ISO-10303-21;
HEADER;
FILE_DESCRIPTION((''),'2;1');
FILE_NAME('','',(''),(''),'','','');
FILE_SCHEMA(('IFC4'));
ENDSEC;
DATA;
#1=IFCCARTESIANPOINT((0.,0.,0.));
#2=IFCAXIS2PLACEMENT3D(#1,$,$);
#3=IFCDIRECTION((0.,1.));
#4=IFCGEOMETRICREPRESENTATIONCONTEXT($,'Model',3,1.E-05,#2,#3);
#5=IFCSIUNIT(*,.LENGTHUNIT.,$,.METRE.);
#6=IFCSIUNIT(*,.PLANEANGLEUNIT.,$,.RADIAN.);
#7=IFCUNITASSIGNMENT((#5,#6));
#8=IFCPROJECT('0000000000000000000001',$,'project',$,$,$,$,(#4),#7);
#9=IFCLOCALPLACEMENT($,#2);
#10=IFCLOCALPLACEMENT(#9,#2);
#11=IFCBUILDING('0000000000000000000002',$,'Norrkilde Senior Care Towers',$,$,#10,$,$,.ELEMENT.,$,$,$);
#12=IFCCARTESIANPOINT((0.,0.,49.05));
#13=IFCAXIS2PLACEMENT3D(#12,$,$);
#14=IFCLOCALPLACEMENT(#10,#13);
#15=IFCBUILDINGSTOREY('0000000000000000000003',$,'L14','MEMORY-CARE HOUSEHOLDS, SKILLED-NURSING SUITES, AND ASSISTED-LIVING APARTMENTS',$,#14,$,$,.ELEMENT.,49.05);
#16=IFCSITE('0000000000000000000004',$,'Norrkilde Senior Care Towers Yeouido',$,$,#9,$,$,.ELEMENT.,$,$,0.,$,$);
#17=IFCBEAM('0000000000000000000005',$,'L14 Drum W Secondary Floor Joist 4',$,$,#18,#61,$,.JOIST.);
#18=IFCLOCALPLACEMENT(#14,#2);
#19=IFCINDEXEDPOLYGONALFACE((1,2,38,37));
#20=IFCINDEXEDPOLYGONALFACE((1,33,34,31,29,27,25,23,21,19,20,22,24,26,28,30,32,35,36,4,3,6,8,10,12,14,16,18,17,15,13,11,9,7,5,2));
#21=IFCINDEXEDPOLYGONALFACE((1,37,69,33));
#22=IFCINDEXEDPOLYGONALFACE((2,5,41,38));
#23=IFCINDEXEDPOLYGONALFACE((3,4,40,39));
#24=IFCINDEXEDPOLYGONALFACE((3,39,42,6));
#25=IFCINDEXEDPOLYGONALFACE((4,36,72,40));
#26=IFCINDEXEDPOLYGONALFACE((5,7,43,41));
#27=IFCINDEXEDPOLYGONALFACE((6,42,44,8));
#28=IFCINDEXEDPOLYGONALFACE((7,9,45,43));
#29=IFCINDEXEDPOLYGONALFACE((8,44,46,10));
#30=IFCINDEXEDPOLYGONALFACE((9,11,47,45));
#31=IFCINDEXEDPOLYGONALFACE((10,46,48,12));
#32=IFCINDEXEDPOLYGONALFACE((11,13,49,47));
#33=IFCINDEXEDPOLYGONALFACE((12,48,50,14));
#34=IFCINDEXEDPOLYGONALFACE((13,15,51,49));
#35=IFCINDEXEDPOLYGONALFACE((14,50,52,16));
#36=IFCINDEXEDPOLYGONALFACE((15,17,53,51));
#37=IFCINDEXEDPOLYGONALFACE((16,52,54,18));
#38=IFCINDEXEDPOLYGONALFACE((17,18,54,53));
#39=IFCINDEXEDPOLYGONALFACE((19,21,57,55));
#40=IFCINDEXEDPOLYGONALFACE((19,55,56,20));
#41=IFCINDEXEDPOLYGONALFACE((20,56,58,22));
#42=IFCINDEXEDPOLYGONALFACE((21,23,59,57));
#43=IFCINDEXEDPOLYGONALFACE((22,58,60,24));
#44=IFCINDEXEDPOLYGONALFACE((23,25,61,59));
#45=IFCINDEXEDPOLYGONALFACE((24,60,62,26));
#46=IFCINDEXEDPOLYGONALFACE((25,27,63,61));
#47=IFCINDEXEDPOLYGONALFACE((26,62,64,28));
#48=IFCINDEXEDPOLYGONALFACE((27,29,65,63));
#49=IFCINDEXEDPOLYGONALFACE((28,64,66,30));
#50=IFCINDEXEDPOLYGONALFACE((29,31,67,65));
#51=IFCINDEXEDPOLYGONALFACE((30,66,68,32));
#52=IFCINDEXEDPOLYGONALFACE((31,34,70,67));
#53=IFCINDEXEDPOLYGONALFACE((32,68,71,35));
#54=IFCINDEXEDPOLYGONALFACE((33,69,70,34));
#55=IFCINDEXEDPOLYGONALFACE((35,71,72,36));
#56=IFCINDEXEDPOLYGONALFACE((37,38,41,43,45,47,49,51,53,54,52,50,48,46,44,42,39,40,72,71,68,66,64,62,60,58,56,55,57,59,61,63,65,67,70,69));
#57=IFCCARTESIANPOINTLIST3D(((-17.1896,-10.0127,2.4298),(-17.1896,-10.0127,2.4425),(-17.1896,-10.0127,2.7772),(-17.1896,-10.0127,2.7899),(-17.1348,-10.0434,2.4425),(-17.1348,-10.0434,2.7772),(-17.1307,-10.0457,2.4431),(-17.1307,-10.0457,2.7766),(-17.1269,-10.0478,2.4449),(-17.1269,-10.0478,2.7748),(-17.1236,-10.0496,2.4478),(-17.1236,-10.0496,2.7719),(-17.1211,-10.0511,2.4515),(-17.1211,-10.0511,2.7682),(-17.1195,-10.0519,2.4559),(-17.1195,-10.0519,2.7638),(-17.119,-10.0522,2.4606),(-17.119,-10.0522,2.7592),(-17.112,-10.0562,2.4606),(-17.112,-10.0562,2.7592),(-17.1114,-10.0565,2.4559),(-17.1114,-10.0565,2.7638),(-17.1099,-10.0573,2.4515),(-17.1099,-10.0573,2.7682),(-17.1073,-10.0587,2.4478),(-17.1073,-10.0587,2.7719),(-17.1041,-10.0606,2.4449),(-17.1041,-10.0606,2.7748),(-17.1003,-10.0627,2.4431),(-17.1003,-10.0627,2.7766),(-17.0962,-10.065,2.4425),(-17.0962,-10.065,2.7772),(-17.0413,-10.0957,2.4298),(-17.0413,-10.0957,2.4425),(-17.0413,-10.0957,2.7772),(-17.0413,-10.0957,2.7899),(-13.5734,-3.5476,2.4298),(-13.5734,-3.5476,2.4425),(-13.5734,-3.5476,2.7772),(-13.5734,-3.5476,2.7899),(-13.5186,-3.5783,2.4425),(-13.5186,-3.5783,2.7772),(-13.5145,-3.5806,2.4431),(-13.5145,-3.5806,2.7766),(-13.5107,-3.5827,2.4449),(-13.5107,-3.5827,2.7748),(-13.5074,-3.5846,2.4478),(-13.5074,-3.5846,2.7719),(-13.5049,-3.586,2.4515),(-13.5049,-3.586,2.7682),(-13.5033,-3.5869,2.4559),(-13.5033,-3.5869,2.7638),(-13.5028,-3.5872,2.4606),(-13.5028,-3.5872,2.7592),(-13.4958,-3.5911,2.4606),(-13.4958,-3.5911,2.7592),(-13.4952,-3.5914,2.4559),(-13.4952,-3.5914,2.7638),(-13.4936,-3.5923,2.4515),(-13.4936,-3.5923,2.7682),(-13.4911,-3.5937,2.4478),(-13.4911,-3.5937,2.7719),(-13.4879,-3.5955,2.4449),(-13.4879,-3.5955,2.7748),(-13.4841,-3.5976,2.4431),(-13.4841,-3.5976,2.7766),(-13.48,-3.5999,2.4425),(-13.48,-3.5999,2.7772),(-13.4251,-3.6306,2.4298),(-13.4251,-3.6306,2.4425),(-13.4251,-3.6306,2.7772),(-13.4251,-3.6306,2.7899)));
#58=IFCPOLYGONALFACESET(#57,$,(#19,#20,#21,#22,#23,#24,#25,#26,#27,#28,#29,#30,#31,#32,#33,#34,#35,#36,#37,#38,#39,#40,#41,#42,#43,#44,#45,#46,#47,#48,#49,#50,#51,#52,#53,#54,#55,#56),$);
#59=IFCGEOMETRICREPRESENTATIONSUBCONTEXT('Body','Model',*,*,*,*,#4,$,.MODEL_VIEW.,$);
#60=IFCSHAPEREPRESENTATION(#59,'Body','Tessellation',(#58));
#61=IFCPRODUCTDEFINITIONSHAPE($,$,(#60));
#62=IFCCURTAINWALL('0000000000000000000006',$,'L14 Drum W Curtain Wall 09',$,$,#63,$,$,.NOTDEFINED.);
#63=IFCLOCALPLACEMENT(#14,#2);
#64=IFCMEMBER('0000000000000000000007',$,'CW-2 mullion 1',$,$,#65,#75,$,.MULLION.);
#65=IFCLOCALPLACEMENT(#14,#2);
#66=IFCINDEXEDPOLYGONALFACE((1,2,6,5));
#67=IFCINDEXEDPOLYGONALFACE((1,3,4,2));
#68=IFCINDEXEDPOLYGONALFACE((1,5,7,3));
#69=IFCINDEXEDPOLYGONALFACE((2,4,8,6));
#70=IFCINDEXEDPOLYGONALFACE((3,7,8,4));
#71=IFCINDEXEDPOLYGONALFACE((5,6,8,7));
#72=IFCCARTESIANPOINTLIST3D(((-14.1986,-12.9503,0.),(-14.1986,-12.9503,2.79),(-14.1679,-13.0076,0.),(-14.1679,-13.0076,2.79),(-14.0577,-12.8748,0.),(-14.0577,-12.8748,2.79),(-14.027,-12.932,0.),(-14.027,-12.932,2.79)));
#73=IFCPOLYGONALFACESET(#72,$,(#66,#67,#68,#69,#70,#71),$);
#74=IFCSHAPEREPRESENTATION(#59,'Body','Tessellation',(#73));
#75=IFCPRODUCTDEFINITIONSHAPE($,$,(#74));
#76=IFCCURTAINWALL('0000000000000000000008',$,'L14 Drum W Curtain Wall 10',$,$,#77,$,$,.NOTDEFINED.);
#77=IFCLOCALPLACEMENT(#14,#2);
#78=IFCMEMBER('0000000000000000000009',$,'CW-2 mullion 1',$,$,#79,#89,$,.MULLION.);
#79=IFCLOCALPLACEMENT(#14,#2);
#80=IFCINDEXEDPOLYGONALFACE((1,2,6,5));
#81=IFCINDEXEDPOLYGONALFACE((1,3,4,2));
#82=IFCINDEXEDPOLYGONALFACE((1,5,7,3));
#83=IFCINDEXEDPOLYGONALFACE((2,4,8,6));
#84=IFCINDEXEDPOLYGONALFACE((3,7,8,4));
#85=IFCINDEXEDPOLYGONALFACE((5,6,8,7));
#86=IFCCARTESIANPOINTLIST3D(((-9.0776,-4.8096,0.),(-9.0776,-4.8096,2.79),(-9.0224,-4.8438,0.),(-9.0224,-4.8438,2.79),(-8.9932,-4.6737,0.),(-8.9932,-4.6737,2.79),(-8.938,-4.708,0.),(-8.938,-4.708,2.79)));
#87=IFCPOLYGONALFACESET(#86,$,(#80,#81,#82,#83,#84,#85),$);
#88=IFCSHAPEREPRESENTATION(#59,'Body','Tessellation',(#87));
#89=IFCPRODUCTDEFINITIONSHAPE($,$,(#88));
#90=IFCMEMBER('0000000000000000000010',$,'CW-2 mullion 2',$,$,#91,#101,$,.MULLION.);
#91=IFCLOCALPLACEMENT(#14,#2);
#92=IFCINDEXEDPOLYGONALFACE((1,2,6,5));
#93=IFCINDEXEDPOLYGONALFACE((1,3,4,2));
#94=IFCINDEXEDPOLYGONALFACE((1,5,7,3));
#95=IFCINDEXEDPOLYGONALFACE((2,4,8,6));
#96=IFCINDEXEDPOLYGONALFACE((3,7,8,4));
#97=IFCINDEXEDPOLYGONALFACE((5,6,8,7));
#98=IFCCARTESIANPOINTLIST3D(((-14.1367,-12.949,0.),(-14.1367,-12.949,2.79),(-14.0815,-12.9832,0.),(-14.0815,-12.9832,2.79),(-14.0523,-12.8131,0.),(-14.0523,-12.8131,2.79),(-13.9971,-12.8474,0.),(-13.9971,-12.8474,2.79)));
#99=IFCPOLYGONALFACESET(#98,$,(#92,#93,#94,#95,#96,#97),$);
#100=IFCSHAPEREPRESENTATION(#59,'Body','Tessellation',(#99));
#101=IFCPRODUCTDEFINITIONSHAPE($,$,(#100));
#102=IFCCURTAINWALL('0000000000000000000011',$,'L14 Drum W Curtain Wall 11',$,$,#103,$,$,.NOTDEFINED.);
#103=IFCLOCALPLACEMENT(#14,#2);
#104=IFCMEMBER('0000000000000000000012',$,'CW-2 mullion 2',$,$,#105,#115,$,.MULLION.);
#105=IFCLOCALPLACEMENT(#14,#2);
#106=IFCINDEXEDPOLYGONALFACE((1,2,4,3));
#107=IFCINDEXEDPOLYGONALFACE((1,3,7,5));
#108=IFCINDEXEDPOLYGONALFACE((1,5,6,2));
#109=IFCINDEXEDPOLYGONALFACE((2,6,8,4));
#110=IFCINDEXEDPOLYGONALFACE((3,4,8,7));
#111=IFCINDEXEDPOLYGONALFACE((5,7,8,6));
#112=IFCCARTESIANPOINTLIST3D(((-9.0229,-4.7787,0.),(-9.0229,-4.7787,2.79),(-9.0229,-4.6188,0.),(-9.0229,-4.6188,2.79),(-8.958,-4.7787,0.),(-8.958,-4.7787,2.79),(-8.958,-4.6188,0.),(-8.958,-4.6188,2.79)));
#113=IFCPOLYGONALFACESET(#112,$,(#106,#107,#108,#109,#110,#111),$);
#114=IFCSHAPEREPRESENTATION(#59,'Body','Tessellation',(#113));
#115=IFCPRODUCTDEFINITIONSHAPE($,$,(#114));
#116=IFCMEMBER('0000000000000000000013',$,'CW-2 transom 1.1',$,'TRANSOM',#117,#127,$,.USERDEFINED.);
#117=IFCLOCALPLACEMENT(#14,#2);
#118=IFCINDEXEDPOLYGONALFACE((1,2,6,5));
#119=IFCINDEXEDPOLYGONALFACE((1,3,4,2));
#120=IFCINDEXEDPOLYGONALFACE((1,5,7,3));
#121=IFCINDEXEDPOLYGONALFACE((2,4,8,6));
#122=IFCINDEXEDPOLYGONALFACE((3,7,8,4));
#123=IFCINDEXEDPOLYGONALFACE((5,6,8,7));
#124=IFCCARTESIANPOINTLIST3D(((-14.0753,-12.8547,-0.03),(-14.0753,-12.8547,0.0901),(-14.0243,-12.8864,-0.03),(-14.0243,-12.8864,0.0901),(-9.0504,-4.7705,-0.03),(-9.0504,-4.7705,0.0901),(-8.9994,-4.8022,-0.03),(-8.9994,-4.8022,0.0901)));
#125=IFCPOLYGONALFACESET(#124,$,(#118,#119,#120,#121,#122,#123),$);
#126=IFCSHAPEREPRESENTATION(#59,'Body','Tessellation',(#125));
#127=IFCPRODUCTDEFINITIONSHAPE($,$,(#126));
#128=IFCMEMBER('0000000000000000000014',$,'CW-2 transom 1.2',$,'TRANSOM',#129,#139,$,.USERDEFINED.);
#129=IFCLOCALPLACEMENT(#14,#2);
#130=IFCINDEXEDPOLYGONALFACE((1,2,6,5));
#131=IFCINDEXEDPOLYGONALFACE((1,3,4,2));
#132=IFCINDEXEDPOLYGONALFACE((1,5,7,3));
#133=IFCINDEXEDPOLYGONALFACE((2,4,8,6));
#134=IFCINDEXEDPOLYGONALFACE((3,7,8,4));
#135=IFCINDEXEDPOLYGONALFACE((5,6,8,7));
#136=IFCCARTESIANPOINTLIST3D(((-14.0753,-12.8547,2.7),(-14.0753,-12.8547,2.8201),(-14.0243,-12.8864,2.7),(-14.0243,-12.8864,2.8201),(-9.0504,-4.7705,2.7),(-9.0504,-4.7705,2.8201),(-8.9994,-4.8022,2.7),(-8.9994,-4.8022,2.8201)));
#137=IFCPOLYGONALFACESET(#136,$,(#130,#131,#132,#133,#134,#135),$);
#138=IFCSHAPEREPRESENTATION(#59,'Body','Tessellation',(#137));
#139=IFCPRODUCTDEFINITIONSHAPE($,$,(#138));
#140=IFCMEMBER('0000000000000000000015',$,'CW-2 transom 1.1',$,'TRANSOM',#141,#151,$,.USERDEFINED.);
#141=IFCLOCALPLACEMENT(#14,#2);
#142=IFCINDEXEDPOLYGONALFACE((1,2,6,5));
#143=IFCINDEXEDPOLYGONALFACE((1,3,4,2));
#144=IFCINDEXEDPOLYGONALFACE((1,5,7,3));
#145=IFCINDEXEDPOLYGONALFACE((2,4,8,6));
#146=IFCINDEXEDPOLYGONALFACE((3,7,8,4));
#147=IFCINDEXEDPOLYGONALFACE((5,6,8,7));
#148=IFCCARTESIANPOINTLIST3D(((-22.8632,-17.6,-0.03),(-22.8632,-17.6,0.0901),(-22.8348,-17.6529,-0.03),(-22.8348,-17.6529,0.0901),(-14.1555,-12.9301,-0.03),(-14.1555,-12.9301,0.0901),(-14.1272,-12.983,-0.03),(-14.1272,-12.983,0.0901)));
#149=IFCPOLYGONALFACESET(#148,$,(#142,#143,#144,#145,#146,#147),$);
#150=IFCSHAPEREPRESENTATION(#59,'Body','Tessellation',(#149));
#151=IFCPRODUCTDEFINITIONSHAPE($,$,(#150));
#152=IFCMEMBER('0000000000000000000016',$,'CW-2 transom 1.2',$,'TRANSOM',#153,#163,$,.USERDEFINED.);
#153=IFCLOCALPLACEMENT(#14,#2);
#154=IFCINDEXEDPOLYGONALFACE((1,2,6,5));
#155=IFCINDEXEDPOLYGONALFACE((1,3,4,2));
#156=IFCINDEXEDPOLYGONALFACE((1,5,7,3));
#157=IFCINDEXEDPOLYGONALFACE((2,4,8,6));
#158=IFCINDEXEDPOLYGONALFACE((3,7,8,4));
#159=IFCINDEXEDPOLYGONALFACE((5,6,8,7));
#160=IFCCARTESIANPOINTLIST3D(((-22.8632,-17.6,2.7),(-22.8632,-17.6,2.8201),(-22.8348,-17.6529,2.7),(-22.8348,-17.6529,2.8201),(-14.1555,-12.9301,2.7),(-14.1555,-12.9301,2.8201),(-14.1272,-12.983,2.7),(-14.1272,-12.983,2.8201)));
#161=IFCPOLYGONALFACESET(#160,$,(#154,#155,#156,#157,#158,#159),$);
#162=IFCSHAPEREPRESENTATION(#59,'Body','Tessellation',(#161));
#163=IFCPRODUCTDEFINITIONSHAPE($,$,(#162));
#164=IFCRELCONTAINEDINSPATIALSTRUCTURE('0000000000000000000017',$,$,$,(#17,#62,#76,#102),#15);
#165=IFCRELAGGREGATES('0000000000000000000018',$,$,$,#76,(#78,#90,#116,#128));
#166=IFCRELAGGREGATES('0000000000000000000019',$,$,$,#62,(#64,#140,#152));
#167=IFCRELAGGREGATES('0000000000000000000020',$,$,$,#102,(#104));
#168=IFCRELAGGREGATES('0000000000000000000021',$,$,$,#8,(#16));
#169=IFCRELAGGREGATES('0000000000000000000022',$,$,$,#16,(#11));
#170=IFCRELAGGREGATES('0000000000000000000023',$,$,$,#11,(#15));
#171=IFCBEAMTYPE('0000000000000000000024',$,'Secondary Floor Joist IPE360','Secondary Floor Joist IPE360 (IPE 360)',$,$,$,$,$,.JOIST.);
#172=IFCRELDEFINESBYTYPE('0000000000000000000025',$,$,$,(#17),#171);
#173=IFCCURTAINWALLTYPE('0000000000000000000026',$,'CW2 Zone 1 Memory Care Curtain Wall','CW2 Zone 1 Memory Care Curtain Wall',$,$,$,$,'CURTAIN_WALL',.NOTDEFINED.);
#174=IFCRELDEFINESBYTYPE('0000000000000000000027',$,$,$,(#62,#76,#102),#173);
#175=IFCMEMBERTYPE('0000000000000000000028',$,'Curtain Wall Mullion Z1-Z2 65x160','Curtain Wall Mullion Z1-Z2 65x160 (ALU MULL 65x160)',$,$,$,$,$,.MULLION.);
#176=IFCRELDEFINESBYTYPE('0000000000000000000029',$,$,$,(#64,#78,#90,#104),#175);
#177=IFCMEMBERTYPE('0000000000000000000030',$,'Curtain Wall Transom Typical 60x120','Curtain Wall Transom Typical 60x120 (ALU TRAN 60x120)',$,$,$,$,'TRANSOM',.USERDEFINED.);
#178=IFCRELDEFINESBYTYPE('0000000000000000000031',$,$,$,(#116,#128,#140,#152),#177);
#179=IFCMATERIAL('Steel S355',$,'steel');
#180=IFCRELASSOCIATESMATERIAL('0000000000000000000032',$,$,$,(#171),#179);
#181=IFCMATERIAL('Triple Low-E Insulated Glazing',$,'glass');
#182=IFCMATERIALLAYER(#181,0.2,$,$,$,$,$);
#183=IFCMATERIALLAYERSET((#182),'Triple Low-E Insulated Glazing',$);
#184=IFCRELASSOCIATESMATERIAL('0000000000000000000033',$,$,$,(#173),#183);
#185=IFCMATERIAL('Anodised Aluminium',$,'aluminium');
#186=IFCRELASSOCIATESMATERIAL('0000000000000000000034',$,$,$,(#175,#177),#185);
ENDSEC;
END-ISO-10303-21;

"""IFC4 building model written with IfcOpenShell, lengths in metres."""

from ifc_helpers import new_model, si_unit, direction, frame, origin, origin_2d, place, context, subcontext, project, spatial, rectangle, i_section, extrude, source, transform, mapped, material, layer, layer_set, material_profile, profile_set, type_object, type_shapes, element, aggregate, save


model = new_model("IFC4")

# Units and contexts
model_context = context("Model", 3, precision=1e-05, world=origin(), true_north=direction((0.0, 1.0)))
body_context = subcontext(model_context, "Body", "Model", "MODEL_VIEW")
ifc_project = project(units=[si_unit("LENGTHUNIT", "METRE"), si_unit("PLANEANGLEUNIT", "RADIAN")], contexts=[model_context])

# Site, building, storey
site_placement = place(None, origin())
site = spatial("IfcSite", under=ifc_project, at=site_placement, Name="Norrkilde Senior Care Towers Yeouido", CompositionType="ELEMENT", RefElevation=0.0)
building_placement = place(site_placement, origin())
building = spatial("IfcBuilding", under=site, at=building_placement, Name="Norrkilde Senior Care Towers", CompositionType="ELEMENT")
storey_placement = place(building_placement, frame((0.0, 0.0, 49.05)))
storey = spatial("IfcBuildingStorey", under=building, at=storey_placement, Name="L14", Description="MEMORY-CARE HOUSEHOLDS, SKILLED-NURSING SUITES, AND ASSISTED-LIVING APARTMENTS", CompositionType="ELEMENT", Elevation=49.05)

# Beam
ifc_material_1 = material(Name="Steel S355", Category="steel")
ifc_material_profile_1 = material_profile(ifc_material_1, i_section(OverallWidth=0.1699, OverallDepth=0.3601, WebThickness=0.0081, FlangeThickness=0.0127, FilletRadius=0.0181, at=origin_2d()), Name="IPE 360")
ifc_profile_set_1 = profile_set([ifc_material_profile_1], Name="Steel S355")
beam_type_1 = type_object("IfcBeamType", Name="Secondary Floor Joist IPE360", Description="Secondary Floor Joist IPE360 (IPE 360)", PredefinedType="JOIST", material=ifc_profile_set_1)
shared_shape_1 = source(origin(), body_context, "Body", "SweptSolid", [
    extrude(i_section(OverallWidth=0.1699, OverallDepth=0.3601, WebThickness=0.0081, FlangeThickness=0.0127, FilletRadius=0.0181, at=origin_2d()), origin(), (0.0, 0.0, 1.0), 7.4077),
])
type_shapes(beam_type_1, [shared_shape_1])
beam_1_placement = place(storey_placement, frame((-17.1155, -10.0542, 2.6099), z_axis=(0.488168, 0.87275, 0.0), x_axis=(-0.87275, 0.488168, 0.0)))
element("IfcBeam", 1, at=beam_1_placement, inside=storey, type_object=beam_type_1, Name="L14 Drum W Secondary Floor Joist 4", PredefinedType="JOIST", context=body_context, shape_type="MappedRepresentation", body=[
    mapped(shared_shape_1, transform((0.0, 0.0, 0.0), x_axis=(1.0, 0.0, 0.0), y_axis=(0.0, 1.0, 0.0), z_axis=(0.0, 0.0, 1.0), scale=1.0)),
])

# Curtain wall, member
ifc_material_2 = material(Name="Triple Low-E Insulated Glazing", Category="glass")
ifc_layer_1 = layer(ifc_material_2, 0.2)
ifc_layer_set_1 = layer_set([ifc_layer_1], Name="Triple Low-E Insulated Glazing")
curtain_wall_type = type_object("IfcCurtainWallType", Name="CW2 Zone 1 Memory Care Curtain Wall", Description="CW2 Zone 1 Memory Care Curtain Wall", ElementType="CURTAIN_WALL", PredefinedType="NOTDEFINED", material=ifc_layer_set_1)
curtain_wall_1_placement = place(storey_placement, origin())
curtain_wall_1 = element("IfcCurtainWall", 2, at=curtain_wall_1_placement, inside=storey, type_object=curtain_wall_type, Name="L14 Drum W Curtain Wall 09", PredefinedType="NOTDEFINED")
ifc_material_3 = material(Name="Anodised Aluminium", Category="aluminium")
ifc_material_profile_2 = material_profile(ifc_material_3, rectangle(XDim=0.0649, YDim=0.1599, at=origin_2d()), Name="ALU MULL 65x160")
ifc_profile_set_2 = profile_set([ifc_material_profile_2], Name="Anodised Aluminium")
member_type_1 = type_object("IfcMemberType", Name="Curtain Wall Mullion Z1-Z2 65x160", Description="Curtain Wall Mullion Z1-Z2 65x160 (ALU MULL 65x160)", PredefinedType="MULLION", material=ifc_profile_set_2)
shared_shape_2 = source(origin(), body_context, "Body", "SweptSolid", [
    extrude(rectangle(XDim=0.0649, YDim=0.1599, at=origin_2d()), origin(), (0.0, 0.0, 1.0), 2.79),
])
type_shapes(member_type_1, [shared_shape_2])
member_1_placement = place(storey_placement, frame((-14.1128, -12.9412, 0.0), z_axis=(0.0, 0.0, 1.0), x_axis=(0.472608, -0.881273, 0.0)))
member_1 = element("IfcMember", 3, at=member_1_placement, type_object=member_type_1, Name="CW-2 mullion 1", PredefinedType="MULLION", context=body_context, shape_type="MappedRepresentation", body=[
    mapped(shared_shape_2, transform((0.0, 0.0, 0.0), x_axis=(1.0, 0.0, 0.0), y_axis=(0.0, 1.0, 0.0), z_axis=(0.0, 0.0, 1.0), scale=1.0)),
])

# Curtain wall, members
curtain_wall_2_placement = place(storey_placement, origin())
curtain_wall_2 = element("IfcCurtainWall", 4, at=curtain_wall_2_placement, inside=storey, type_object=curtain_wall_type, Name="L14 Drum W Curtain Wall 10", PredefinedType="NOTDEFINED")
member_2_placement = place(storey_placement, frame((-9.0078, -4.7588, 0.0), z_axis=(0.0, 0.0, 1.0), x_axis=(0.849306, -0.527901, 0.0)))
member_2 = element("IfcMember", 5, at=member_2_placement, type_object=member_type_1, Name="CW-2 mullion 1", PredefinedType="MULLION", context=body_context, shape_type="MappedRepresentation", body=[
    mapped(shared_shape_2, transform((0.0, 0.0, 0.0), x_axis=(1.0, 0.0, 0.0), y_axis=(0.0, 1.0, 0.0), z_axis=(0.0, 0.0, 1.0), scale=1.0)),
])
member_3_placement = place(storey_placement, frame((-14.0669, -12.8982, 0.0), z_axis=(0.0, 0.0, 1.0), x_axis=(0.849306, -0.527901, 0.0)))
member_3 = element("IfcMember", 6, at=member_3_placement, type_object=member_type_1, Name="CW-2 mullion 2", PredefinedType="MULLION", context=body_context, shape_type="MappedRepresentation", body=[
    mapped(shared_shape_2, transform((0.0, 0.0, 0.0), x_axis=(1.0, 0.0, 0.0), y_axis=(0.0, 1.0, 0.0), z_axis=(0.0, 0.0, 1.0), scale=1.0)),
])

# Curtain wall, member
curtain_wall_3_placement = place(storey_placement, origin())
curtain_wall_3 = element("IfcCurtainWall", 7, at=curtain_wall_3_placement, inside=storey, type_object=curtain_wall_type, Name="L14 Drum W Curtain Wall 11", PredefinedType="NOTDEFINED")
member_4_placement = place(storey_placement, frame((-8.9905, -4.6987, 0.0), z_axis=(0.0, 0.0, 1.0), x_axis=(1.0, 0.0, 0.0)))
member_4 = element("IfcMember", 8, at=member_4_placement, type_object=member_type_1, Name="CW-2 mullion 2", PredefinedType="MULLION", context=body_context, shape_type="MappedRepresentation", body=[
    mapped(shared_shape_2, transform((0.0, 0.0, 0.0), x_axis=(1.0, 0.0, 0.0), y_axis=(0.0, 1.0, 0.0), z_axis=(0.0, 0.0, 1.0), scale=1.0)),
])

# Members
ifc_material_profile_3 = material_profile(ifc_material_3, rectangle(XDim=0.0601, YDim=0.1201, at=origin_2d()), Name="ALU TRAN 60x120")
ifc_profile_set_3 = profile_set([ifc_material_profile_3], Name="Anodised Aluminium")
member_type_2 = type_object("IfcMemberType", Name="Curtain Wall Transom Typical 60x120", Description="Curtain Wall Transom Typical 60x120 (ALU TRAN 60x120)", ElementType="TRANSOM", PredefinedType="USERDEFINED", material=ifc_profile_set_3)
shared_shape_3 = source(origin(), body_context, "Body", "SweptSolid", [
    extrude(rectangle(XDim=0.0601, YDim=0.1201, at=origin_2d()), origin(), (0.0, 0.0, 1.0), 9.5186),
])
member_5_placement = place(storey_placement, frame((-9.0249, -4.7864, 0.03), z_axis=(-0.527902, -0.849306, 0.0), x_axis=(0.849306, -0.527902, 0.0)))
member_5 = element("IfcMember", 9, at=member_5_placement, type_object=member_type_2, Name="CW-2 transom 1.1", ObjectType="TRANSOM", PredefinedType="USERDEFINED", context=body_context, shape_type="MappedRepresentation", body=[
    mapped(shared_shape_3, transform((0.0, 0.0, 0.0), x_axis=(1.0, 0.0, 0.0), y_axis=(0.0, 1.0, 0.0), z_axis=(0.0, 0.0, 1.0), scale=1.0)),
])
member_6_placement = place(storey_placement, frame((-9.0249, -4.7864, 2.76), z_axis=(-0.527902, -0.849306, 0.0), x_axis=(0.849306, -0.527902, 0.0)))
member_6 = element("IfcMember", 10, at=member_6_placement, type_object=member_type_2, Name="CW-2 transom 1.2", ObjectType="TRANSOM", PredefinedType="USERDEFINED", context=body_context, shape_type="MappedRepresentation", body=[
    mapped(shared_shape_3, transform((0.0, 0.0, 0.0), x_axis=(1.0, 0.0, 0.0), y_axis=(0.0, 1.0, 0.0), z_axis=(0.0, 0.0, 1.0), scale=1.0)),
])
shared_shape_4 = source(origin(), body_context, "Body", "SweptSolid", [
    extrude(rectangle(XDim=0.0601, YDim=0.1201, at=origin_2d()), origin(), (0.0, 0.0, 1.0), 9.8809),
])
type_shapes(member_type_2, [shared_shape_3, shared_shape_4])
member_7_placement = place(storey_placement, frame((-14.1414, -12.9565, 0.03), z_axis=(-0.881267, -0.472618, 0.0), x_axis=(0.472618, -0.881267, 0.0)))
member_7 = element("IfcMember", 11, at=member_7_placement, type_object=member_type_2, Name="CW-2 transom 1.1", ObjectType="TRANSOM", PredefinedType="USERDEFINED", context=body_context, shape_type="MappedRepresentation", body=[
    mapped(shared_shape_4, transform((0.0, 0.0, 0.0), x_axis=(1.0, 0.0, 0.0), y_axis=(0.0, 1.0, 0.0), z_axis=(0.0, 0.0, 1.0), scale=1.0)),
])
member_8_placement = place(storey_placement, frame((-14.1414, -12.9565, 2.76), z_axis=(-0.881267, -0.472618, 0.0), x_axis=(0.472618, -0.881267, 0.0)))
member_8 = element("IfcMember", 12, at=member_8_placement, type_object=member_type_2, Name="CW-2 transom 1.2", ObjectType="TRANSOM", PredefinedType="USERDEFINED", context=body_context, shape_type="MappedRepresentation", body=[
    mapped(shared_shape_4, transform((0.0, 0.0, 0.0), x_axis=(1.0, 0.0, 0.0), y_axis=(0.0, 1.0, 0.0), z_axis=(0.0, 0.0, 1.0), scale=1.0)),
])

aggregate(curtain_wall_2, [member_2, member_3, member_5, member_6])
aggregate(curtain_wall_1, [member_1, member_7, member_8])
aggregate(curtain_wall_3, [member_4])

save(model, "model.ifc")
